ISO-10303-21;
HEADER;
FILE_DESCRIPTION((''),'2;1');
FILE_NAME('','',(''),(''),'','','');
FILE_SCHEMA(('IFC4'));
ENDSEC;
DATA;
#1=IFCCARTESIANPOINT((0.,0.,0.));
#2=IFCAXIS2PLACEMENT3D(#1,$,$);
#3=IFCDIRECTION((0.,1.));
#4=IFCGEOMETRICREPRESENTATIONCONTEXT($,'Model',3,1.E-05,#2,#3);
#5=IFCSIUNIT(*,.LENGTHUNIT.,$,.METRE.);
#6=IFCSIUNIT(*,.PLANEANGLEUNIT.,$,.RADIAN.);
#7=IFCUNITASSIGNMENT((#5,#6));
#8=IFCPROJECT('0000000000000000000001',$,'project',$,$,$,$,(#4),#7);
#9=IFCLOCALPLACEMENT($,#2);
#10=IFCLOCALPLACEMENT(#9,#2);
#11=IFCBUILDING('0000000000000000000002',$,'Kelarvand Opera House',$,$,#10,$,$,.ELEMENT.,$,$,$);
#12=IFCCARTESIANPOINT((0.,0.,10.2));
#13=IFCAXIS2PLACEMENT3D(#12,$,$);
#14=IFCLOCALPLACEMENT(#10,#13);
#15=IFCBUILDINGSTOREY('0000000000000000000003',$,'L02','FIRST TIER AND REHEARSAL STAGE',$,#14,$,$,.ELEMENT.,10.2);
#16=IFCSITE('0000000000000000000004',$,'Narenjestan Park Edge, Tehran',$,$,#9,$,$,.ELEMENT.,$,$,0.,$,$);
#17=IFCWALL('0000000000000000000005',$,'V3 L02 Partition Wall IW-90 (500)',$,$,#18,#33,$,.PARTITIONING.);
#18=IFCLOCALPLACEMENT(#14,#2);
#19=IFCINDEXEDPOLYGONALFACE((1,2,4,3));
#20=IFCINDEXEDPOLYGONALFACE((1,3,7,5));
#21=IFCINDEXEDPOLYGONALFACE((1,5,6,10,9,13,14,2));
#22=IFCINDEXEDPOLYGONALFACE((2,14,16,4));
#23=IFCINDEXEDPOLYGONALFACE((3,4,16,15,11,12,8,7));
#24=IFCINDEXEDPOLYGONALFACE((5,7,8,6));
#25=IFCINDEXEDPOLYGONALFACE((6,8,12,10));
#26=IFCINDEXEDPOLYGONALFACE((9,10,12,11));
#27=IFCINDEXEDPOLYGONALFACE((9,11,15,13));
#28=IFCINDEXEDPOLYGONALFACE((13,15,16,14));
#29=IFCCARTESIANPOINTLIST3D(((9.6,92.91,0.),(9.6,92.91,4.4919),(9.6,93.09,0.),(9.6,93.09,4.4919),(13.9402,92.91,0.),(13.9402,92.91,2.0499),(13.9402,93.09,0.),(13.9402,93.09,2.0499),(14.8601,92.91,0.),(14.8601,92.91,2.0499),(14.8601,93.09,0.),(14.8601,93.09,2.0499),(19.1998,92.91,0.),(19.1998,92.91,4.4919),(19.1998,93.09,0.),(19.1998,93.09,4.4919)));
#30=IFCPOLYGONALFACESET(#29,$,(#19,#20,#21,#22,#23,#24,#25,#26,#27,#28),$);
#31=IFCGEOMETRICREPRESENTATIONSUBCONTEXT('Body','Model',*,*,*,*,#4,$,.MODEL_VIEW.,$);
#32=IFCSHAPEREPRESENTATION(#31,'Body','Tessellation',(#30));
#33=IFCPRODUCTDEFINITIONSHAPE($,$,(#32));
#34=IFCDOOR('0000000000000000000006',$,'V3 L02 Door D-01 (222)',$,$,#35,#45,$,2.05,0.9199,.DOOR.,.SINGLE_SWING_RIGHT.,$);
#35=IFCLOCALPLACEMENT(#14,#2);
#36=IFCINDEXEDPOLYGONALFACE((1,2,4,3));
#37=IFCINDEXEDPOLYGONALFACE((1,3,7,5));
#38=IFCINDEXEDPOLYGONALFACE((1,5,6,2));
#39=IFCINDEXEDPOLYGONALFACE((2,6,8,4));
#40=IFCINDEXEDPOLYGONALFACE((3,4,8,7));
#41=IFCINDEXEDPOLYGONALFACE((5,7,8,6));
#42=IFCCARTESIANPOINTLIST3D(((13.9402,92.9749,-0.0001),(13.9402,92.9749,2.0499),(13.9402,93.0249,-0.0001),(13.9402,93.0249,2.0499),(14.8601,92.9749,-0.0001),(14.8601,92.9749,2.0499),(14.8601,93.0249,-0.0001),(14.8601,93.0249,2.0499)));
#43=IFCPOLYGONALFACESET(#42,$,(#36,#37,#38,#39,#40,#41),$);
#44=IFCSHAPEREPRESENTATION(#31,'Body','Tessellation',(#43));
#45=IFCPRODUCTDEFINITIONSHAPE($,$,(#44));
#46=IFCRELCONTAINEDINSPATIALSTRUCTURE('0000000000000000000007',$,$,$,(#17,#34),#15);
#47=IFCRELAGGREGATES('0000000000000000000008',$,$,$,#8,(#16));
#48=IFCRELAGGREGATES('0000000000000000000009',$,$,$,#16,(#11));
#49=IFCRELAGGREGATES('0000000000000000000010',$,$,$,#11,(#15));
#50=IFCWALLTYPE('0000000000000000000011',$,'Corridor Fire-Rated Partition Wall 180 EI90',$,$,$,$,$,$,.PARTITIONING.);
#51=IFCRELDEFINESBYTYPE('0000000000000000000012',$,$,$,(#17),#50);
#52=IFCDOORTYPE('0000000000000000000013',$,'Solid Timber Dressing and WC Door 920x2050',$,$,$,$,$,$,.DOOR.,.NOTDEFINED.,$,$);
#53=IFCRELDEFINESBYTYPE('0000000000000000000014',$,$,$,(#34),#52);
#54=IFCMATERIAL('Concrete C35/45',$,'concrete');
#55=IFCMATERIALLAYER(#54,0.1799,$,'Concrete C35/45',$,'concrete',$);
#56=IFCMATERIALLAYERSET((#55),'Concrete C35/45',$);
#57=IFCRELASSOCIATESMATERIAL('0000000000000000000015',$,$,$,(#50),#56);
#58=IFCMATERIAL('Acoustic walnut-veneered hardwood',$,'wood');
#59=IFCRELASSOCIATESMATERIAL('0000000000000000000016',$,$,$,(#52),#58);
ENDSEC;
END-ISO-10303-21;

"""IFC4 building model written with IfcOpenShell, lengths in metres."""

from ifc_helpers import new_model, si_unit, direction, frame, frame_2d, origin, place, context, subcontext, project, spatial, rectangle, extrude, material, layer, layer_set, type_object, element, fill, save


model = new_model("IFC4")

# Units and contexts
model_context = context("Model", 3, precision=1e-05, world=origin(), true_north=direction((0.0, 1.0)))
body_context = subcontext(model_context, "Body", "Model", "MODEL_VIEW")
ifc_project = project(units=[si_unit("LENGTHUNIT", "METRE"), si_unit("PLANEANGLEUNIT", "RADIAN")], contexts=[model_context])

# Site, building, storey
site_placement = place(None, origin())
site = spatial("IfcSite", under=ifc_project, at=site_placement, Name="Narenjestan Park Edge, Tehran", CompositionType="ELEMENT", RefElevation=0.0)
building_placement = place(site_placement, origin())
building = spatial("IfcBuilding", under=site, at=building_placement, Name="Kelarvand Opera House", CompositionType="ELEMENT")
storey_placement = place(building_placement, frame((0.0, 0.0, 10.2)))
storey = spatial("IfcBuildingStorey", under=building, at=storey_placement, Name="L02", Description="FIRST TIER AND REHEARSAL STAGE", CompositionType="ELEMENT", Elevation=10.2)

# Shared definitions
ifc_material_1 = material(Name="Concrete C35/45", Category="concrete")

# Wall, opening, door
ifc_layer_1 = layer(ifc_material_1, 0.1799, Name="Concrete C35/45", Category="concrete")
ifc_layer_set_1 = layer_set([ifc_layer_1], Name="Concrete C35/45")
wall_type_1 = type_object("IfcWallType", Name="Corridor Fire-Rated Partition Wall 180 EI90", PredefinedType="PARTITIONING", material=ifc_layer_set_1)
wall_1_placement = place(storey_placement, frame((9.6001, 93.0, 0.0), z_axis=(0.0, 0.0, 1.0), x_axis=(1.0, 0.0, 0.0)))
wall_1 = element("IfcWall", 1, at=wall_1_placement, inside=storey, type_object=wall_type_1, Name="V3 L02 Partition Wall IW-90 (500)", PredefinedType="PARTITIONING", context=body_context, shape_type="SweptSolid", body=[
    extrude(rectangle(XDim=9.5999, YDim=0.1799, at=frame_2d((4.7998, 0.0))), origin(), (0.0, 0.0, 1.0), 4.4919),
])
opening_1_placement = place(wall_1_placement, frame((4.3401, 0.0, 0.0)))
opening_1 = element("IfcOpeningElement", 2, at=opening_1_placement, cuts=wall_1, PredefinedType="OPENING", context=body_context, shape_type="SweptSolid", body=[
    extrude(rectangle(XDim=0.9199, YDim=2.05, at=frame_2d((0.46, 1.0249))), frame((0.0, 0.1001, 0.0), z_axis=(0.0, -1.0, 0.0), x_axis=(1.0, 0.0, 0.0)), (0.0, 0.0, 1.0), 0.2),
])
ifc_material_2 = material(Name="Acoustic walnut-veneered hardwood", Category="wood")
door_type = type_object("IfcDoorType", Name="Solid Timber Dressing and WC Door 920x2050", OperationType="NOTDEFINED", PredefinedType="DOOR", material=ifc_material_2)
door_placement = place(opening_1_placement, origin())
door = element("IfcDoor", 3, at=door_placement, inside=storey, type_object=door_type, Name="V3 L02 Door D-01 (222)", OperationType="SINGLE_SWING_RIGHT", OverallHeight=2.05, OverallWidth=0.9199, PredefinedType="DOOR", context=body_context, shape_type="SweptSolid", body=[
    extrude(rectangle(XDim=0.9199, YDim=2.05, at=frame_2d((0.46, 1.0249))), frame((0.0, 0.0249, 0.0), z_axis=(0.0, -1.0, 0.0), x_axis=(1.0, 0.0, 0.0)), (0.0, 0.0, 1.0), 0.05),
])
fill(opening_1, door)

save(model, "model.ifc")
